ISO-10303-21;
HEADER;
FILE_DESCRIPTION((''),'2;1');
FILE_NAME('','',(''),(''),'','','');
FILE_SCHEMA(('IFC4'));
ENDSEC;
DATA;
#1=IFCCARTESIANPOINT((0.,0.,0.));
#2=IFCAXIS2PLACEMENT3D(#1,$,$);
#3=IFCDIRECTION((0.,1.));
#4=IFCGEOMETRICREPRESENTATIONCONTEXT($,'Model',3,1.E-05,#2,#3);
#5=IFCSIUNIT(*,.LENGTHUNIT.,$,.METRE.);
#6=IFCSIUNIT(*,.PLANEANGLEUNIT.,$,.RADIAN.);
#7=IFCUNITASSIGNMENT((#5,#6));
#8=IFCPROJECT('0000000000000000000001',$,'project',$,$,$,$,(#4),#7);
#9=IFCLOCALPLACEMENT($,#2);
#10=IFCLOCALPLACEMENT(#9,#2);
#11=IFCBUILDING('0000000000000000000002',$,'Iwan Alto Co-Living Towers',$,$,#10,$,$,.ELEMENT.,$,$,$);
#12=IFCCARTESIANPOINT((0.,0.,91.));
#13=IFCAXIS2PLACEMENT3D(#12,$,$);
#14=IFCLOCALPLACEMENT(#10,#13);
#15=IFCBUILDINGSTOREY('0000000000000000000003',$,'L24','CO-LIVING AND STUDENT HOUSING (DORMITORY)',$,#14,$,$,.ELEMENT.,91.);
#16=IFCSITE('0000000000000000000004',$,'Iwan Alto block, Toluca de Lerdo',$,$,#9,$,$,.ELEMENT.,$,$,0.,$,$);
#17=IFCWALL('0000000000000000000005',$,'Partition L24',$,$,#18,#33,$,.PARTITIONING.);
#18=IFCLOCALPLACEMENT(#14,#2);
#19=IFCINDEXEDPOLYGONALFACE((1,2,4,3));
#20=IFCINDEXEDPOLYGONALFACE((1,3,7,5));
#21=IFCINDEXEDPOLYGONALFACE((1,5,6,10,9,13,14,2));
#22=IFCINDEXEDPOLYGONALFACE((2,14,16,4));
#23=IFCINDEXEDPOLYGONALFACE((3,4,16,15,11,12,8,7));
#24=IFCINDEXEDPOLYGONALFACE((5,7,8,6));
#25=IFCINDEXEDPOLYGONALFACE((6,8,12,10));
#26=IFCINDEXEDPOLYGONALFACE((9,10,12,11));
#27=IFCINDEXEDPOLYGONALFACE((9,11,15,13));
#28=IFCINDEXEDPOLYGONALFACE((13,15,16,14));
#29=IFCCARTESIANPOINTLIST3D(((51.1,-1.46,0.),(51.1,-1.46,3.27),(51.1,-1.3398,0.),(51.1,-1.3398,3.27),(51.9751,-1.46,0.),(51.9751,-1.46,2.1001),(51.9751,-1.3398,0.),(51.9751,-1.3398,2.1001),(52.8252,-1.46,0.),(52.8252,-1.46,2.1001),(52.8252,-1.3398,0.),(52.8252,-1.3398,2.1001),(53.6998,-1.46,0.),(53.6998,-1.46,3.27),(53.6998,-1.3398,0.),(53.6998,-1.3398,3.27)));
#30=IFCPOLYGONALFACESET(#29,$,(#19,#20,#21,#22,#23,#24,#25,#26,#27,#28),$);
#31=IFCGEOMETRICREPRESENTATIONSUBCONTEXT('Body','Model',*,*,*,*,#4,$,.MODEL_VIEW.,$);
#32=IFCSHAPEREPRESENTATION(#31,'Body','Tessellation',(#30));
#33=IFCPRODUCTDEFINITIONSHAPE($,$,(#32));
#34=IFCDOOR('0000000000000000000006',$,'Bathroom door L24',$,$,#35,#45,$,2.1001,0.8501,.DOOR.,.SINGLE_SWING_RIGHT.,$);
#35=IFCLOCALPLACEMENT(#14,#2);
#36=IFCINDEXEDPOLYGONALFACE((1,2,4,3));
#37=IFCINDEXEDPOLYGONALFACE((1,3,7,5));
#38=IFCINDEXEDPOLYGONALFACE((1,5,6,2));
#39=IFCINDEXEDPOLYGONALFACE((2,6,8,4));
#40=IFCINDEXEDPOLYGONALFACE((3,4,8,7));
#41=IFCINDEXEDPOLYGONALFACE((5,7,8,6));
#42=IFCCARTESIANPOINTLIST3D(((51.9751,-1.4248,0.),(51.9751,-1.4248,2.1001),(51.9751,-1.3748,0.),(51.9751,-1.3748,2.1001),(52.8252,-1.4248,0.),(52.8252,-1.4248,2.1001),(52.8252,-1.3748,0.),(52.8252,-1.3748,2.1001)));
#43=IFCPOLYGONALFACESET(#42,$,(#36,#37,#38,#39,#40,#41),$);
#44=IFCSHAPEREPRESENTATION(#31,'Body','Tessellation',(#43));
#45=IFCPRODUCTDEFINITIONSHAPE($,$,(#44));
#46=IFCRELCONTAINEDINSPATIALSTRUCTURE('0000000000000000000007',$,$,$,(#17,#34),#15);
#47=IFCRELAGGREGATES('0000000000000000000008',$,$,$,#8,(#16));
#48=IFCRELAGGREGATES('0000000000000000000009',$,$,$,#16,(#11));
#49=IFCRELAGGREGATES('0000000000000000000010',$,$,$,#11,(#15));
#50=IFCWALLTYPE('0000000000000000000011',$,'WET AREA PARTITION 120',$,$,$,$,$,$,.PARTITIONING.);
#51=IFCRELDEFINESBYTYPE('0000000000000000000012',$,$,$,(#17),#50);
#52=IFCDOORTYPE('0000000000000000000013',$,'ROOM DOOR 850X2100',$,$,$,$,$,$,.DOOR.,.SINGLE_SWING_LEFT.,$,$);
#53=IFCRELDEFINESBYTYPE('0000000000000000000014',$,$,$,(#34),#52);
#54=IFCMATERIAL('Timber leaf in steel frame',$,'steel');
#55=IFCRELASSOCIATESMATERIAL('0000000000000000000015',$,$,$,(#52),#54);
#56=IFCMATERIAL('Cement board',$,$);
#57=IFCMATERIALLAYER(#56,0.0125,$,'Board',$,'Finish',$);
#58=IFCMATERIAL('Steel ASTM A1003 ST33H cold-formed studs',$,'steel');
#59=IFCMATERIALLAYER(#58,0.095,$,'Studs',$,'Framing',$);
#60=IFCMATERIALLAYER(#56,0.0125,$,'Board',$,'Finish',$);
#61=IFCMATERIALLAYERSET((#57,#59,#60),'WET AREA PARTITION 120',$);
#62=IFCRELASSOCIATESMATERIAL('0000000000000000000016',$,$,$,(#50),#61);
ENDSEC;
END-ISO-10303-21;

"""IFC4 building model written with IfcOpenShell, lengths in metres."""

from ifc_helpers import new_model, si_unit, direction, frame, frame_2d, origin, place, context, subcontext, project, spatial, rectangle, extrude, material, layer, layer_set, type_object, element, fill, save


model = new_model("IFC4")

# Units and contexts
model_context = context("Model", 3, precision=1e-05, world=origin(), true_north=direction((0.0, 1.0)))
body_context = subcontext(model_context, "Body", "Model", "MODEL_VIEW")
ifc_project = project(units=[si_unit("LENGTHUNIT", "METRE"), si_unit("PLANEANGLEUNIT", "RADIAN")], contexts=[model_context])

# Site, building, storey
site_placement = place(None, origin())
site = spatial("IfcSite", under=ifc_project, at=site_placement, Name="Iwan Alto block, Toluca de Lerdo", CompositionType="ELEMENT", RefElevation=0.0)
building_placement = place(site_placement, origin())
building = spatial("IfcBuilding", under=site, at=building_placement, Name="Iwan Alto Co-Living Towers", CompositionType="ELEMENT")
storey_placement = place(building_placement, frame((0.0, 0.0, 91.0)))
storey = spatial("IfcBuildingStorey", under=building, at=storey_placement, Name="L24", Description="CO-LIVING AND STUDENT HOUSING (DORMITORY)", CompositionType="ELEMENT", Elevation=91.0)

# Shared definitions
ifc_material_1 = material(Name="Steel ASTM A1003 ST33H cold-formed studs", Category="steel")
ifc_material_2 = material(Name="Timber leaf in steel frame", Category="steel")
door_type_1 = type_object("IfcDoorType", Name="ROOM DOOR 850X2100", OperationType="SINGLE_SWING_LEFT", PredefinedType="DOOR", material=ifc_material_2)

# Shared definitions
ifc_material_3 = material(Name="Cement board")
ifc_layer_1 = layer(ifc_material_3, 0.0125, Name="Board", Category="Finish")
ifc_layer_2 = layer(ifc_material_1, 0.095, Name="Studs", Category="Framing")
ifc_layer_3 = layer(ifc_material_3, 0.0125, Name="Board", Category="Finish")
ifc_layer_set_1 = layer_set([ifc_layer_1, ifc_layer_2, ifc_layer_3], Name="WET AREA PARTITION 120")
wall_type_1 = type_object("IfcWallType", Name="WET AREA PARTITION 120", PredefinedType="PARTITIONING", material=ifc_layer_set_1)

# Wall, opening, door
wall_1_placement = place(storey_placement, frame((51.1001, -1.3999, 0.0), z_axis=(0.0, 0.0, 1.0), x_axis=(1.0, 0.0, 0.0)))
wall_1 = element("IfcWall", 1, at=wall_1_placement, inside=storey, type_object=wall_type_1, Name="Partition L24", PredefinedType="PARTITIONING", context=body_context, shape_type="SweptSolid", body=[
    extrude(rectangle(XDim=2.5999, YDim=0.1201, at=frame_2d((1.2998, 0.0))), origin(), (0.0, 0.0, 1.0), 3.27),
])
opening_1_placement = place(wall_1_placement, frame((0.875, 0.0, 0.0)))
opening_1 = element("IfcOpeningElement", 2, at=opening_1_placement, cuts=wall_1, PredefinedType="OPENING", context=body_context, shape_type="SweptSolid", body=[
    extrude(rectangle(XDim=0.8501, YDim=2.1001, at=frame_2d((0.425, 1.05))), frame((0.0, 0.0701, 0.0), z_axis=(0.0, -1.0, 0.0), x_axis=(1.0, 0.0, 0.0)), (0.0, 0.0, 1.0), 0.1401),
])
door_1_placement = place(opening_1_placement, frame((0.8501, 0.0, 0.0), z_axis=(0.0, 0.0, 1.0), x_axis=(-1.0, 0.0, 0.0)))
door_1 = element("IfcDoor", 3, at=door_1_placement, inside=storey, type_object=door_type_1, Name="Bathroom door L24", OperationType="SINGLE_SWING_RIGHT", OverallHeight=2.1001, OverallWidth=0.8501, PredefinedType="DOOR", context=body_context, shape_type="SweptSolid", body=[
    extrude(rectangle(XDim=0.8501, YDim=2.1001, at=frame_2d((0.425, 1.05))), frame((0.0, 0.0249, 0.0), z_axis=(0.0, -1.0, 0.0), x_axis=(1.0, 0.0, 0.0)), (0.0, 0.0, 1.0), 0.05),
])
fill(opening_1, door_1)

save(model, "model.ifc")
